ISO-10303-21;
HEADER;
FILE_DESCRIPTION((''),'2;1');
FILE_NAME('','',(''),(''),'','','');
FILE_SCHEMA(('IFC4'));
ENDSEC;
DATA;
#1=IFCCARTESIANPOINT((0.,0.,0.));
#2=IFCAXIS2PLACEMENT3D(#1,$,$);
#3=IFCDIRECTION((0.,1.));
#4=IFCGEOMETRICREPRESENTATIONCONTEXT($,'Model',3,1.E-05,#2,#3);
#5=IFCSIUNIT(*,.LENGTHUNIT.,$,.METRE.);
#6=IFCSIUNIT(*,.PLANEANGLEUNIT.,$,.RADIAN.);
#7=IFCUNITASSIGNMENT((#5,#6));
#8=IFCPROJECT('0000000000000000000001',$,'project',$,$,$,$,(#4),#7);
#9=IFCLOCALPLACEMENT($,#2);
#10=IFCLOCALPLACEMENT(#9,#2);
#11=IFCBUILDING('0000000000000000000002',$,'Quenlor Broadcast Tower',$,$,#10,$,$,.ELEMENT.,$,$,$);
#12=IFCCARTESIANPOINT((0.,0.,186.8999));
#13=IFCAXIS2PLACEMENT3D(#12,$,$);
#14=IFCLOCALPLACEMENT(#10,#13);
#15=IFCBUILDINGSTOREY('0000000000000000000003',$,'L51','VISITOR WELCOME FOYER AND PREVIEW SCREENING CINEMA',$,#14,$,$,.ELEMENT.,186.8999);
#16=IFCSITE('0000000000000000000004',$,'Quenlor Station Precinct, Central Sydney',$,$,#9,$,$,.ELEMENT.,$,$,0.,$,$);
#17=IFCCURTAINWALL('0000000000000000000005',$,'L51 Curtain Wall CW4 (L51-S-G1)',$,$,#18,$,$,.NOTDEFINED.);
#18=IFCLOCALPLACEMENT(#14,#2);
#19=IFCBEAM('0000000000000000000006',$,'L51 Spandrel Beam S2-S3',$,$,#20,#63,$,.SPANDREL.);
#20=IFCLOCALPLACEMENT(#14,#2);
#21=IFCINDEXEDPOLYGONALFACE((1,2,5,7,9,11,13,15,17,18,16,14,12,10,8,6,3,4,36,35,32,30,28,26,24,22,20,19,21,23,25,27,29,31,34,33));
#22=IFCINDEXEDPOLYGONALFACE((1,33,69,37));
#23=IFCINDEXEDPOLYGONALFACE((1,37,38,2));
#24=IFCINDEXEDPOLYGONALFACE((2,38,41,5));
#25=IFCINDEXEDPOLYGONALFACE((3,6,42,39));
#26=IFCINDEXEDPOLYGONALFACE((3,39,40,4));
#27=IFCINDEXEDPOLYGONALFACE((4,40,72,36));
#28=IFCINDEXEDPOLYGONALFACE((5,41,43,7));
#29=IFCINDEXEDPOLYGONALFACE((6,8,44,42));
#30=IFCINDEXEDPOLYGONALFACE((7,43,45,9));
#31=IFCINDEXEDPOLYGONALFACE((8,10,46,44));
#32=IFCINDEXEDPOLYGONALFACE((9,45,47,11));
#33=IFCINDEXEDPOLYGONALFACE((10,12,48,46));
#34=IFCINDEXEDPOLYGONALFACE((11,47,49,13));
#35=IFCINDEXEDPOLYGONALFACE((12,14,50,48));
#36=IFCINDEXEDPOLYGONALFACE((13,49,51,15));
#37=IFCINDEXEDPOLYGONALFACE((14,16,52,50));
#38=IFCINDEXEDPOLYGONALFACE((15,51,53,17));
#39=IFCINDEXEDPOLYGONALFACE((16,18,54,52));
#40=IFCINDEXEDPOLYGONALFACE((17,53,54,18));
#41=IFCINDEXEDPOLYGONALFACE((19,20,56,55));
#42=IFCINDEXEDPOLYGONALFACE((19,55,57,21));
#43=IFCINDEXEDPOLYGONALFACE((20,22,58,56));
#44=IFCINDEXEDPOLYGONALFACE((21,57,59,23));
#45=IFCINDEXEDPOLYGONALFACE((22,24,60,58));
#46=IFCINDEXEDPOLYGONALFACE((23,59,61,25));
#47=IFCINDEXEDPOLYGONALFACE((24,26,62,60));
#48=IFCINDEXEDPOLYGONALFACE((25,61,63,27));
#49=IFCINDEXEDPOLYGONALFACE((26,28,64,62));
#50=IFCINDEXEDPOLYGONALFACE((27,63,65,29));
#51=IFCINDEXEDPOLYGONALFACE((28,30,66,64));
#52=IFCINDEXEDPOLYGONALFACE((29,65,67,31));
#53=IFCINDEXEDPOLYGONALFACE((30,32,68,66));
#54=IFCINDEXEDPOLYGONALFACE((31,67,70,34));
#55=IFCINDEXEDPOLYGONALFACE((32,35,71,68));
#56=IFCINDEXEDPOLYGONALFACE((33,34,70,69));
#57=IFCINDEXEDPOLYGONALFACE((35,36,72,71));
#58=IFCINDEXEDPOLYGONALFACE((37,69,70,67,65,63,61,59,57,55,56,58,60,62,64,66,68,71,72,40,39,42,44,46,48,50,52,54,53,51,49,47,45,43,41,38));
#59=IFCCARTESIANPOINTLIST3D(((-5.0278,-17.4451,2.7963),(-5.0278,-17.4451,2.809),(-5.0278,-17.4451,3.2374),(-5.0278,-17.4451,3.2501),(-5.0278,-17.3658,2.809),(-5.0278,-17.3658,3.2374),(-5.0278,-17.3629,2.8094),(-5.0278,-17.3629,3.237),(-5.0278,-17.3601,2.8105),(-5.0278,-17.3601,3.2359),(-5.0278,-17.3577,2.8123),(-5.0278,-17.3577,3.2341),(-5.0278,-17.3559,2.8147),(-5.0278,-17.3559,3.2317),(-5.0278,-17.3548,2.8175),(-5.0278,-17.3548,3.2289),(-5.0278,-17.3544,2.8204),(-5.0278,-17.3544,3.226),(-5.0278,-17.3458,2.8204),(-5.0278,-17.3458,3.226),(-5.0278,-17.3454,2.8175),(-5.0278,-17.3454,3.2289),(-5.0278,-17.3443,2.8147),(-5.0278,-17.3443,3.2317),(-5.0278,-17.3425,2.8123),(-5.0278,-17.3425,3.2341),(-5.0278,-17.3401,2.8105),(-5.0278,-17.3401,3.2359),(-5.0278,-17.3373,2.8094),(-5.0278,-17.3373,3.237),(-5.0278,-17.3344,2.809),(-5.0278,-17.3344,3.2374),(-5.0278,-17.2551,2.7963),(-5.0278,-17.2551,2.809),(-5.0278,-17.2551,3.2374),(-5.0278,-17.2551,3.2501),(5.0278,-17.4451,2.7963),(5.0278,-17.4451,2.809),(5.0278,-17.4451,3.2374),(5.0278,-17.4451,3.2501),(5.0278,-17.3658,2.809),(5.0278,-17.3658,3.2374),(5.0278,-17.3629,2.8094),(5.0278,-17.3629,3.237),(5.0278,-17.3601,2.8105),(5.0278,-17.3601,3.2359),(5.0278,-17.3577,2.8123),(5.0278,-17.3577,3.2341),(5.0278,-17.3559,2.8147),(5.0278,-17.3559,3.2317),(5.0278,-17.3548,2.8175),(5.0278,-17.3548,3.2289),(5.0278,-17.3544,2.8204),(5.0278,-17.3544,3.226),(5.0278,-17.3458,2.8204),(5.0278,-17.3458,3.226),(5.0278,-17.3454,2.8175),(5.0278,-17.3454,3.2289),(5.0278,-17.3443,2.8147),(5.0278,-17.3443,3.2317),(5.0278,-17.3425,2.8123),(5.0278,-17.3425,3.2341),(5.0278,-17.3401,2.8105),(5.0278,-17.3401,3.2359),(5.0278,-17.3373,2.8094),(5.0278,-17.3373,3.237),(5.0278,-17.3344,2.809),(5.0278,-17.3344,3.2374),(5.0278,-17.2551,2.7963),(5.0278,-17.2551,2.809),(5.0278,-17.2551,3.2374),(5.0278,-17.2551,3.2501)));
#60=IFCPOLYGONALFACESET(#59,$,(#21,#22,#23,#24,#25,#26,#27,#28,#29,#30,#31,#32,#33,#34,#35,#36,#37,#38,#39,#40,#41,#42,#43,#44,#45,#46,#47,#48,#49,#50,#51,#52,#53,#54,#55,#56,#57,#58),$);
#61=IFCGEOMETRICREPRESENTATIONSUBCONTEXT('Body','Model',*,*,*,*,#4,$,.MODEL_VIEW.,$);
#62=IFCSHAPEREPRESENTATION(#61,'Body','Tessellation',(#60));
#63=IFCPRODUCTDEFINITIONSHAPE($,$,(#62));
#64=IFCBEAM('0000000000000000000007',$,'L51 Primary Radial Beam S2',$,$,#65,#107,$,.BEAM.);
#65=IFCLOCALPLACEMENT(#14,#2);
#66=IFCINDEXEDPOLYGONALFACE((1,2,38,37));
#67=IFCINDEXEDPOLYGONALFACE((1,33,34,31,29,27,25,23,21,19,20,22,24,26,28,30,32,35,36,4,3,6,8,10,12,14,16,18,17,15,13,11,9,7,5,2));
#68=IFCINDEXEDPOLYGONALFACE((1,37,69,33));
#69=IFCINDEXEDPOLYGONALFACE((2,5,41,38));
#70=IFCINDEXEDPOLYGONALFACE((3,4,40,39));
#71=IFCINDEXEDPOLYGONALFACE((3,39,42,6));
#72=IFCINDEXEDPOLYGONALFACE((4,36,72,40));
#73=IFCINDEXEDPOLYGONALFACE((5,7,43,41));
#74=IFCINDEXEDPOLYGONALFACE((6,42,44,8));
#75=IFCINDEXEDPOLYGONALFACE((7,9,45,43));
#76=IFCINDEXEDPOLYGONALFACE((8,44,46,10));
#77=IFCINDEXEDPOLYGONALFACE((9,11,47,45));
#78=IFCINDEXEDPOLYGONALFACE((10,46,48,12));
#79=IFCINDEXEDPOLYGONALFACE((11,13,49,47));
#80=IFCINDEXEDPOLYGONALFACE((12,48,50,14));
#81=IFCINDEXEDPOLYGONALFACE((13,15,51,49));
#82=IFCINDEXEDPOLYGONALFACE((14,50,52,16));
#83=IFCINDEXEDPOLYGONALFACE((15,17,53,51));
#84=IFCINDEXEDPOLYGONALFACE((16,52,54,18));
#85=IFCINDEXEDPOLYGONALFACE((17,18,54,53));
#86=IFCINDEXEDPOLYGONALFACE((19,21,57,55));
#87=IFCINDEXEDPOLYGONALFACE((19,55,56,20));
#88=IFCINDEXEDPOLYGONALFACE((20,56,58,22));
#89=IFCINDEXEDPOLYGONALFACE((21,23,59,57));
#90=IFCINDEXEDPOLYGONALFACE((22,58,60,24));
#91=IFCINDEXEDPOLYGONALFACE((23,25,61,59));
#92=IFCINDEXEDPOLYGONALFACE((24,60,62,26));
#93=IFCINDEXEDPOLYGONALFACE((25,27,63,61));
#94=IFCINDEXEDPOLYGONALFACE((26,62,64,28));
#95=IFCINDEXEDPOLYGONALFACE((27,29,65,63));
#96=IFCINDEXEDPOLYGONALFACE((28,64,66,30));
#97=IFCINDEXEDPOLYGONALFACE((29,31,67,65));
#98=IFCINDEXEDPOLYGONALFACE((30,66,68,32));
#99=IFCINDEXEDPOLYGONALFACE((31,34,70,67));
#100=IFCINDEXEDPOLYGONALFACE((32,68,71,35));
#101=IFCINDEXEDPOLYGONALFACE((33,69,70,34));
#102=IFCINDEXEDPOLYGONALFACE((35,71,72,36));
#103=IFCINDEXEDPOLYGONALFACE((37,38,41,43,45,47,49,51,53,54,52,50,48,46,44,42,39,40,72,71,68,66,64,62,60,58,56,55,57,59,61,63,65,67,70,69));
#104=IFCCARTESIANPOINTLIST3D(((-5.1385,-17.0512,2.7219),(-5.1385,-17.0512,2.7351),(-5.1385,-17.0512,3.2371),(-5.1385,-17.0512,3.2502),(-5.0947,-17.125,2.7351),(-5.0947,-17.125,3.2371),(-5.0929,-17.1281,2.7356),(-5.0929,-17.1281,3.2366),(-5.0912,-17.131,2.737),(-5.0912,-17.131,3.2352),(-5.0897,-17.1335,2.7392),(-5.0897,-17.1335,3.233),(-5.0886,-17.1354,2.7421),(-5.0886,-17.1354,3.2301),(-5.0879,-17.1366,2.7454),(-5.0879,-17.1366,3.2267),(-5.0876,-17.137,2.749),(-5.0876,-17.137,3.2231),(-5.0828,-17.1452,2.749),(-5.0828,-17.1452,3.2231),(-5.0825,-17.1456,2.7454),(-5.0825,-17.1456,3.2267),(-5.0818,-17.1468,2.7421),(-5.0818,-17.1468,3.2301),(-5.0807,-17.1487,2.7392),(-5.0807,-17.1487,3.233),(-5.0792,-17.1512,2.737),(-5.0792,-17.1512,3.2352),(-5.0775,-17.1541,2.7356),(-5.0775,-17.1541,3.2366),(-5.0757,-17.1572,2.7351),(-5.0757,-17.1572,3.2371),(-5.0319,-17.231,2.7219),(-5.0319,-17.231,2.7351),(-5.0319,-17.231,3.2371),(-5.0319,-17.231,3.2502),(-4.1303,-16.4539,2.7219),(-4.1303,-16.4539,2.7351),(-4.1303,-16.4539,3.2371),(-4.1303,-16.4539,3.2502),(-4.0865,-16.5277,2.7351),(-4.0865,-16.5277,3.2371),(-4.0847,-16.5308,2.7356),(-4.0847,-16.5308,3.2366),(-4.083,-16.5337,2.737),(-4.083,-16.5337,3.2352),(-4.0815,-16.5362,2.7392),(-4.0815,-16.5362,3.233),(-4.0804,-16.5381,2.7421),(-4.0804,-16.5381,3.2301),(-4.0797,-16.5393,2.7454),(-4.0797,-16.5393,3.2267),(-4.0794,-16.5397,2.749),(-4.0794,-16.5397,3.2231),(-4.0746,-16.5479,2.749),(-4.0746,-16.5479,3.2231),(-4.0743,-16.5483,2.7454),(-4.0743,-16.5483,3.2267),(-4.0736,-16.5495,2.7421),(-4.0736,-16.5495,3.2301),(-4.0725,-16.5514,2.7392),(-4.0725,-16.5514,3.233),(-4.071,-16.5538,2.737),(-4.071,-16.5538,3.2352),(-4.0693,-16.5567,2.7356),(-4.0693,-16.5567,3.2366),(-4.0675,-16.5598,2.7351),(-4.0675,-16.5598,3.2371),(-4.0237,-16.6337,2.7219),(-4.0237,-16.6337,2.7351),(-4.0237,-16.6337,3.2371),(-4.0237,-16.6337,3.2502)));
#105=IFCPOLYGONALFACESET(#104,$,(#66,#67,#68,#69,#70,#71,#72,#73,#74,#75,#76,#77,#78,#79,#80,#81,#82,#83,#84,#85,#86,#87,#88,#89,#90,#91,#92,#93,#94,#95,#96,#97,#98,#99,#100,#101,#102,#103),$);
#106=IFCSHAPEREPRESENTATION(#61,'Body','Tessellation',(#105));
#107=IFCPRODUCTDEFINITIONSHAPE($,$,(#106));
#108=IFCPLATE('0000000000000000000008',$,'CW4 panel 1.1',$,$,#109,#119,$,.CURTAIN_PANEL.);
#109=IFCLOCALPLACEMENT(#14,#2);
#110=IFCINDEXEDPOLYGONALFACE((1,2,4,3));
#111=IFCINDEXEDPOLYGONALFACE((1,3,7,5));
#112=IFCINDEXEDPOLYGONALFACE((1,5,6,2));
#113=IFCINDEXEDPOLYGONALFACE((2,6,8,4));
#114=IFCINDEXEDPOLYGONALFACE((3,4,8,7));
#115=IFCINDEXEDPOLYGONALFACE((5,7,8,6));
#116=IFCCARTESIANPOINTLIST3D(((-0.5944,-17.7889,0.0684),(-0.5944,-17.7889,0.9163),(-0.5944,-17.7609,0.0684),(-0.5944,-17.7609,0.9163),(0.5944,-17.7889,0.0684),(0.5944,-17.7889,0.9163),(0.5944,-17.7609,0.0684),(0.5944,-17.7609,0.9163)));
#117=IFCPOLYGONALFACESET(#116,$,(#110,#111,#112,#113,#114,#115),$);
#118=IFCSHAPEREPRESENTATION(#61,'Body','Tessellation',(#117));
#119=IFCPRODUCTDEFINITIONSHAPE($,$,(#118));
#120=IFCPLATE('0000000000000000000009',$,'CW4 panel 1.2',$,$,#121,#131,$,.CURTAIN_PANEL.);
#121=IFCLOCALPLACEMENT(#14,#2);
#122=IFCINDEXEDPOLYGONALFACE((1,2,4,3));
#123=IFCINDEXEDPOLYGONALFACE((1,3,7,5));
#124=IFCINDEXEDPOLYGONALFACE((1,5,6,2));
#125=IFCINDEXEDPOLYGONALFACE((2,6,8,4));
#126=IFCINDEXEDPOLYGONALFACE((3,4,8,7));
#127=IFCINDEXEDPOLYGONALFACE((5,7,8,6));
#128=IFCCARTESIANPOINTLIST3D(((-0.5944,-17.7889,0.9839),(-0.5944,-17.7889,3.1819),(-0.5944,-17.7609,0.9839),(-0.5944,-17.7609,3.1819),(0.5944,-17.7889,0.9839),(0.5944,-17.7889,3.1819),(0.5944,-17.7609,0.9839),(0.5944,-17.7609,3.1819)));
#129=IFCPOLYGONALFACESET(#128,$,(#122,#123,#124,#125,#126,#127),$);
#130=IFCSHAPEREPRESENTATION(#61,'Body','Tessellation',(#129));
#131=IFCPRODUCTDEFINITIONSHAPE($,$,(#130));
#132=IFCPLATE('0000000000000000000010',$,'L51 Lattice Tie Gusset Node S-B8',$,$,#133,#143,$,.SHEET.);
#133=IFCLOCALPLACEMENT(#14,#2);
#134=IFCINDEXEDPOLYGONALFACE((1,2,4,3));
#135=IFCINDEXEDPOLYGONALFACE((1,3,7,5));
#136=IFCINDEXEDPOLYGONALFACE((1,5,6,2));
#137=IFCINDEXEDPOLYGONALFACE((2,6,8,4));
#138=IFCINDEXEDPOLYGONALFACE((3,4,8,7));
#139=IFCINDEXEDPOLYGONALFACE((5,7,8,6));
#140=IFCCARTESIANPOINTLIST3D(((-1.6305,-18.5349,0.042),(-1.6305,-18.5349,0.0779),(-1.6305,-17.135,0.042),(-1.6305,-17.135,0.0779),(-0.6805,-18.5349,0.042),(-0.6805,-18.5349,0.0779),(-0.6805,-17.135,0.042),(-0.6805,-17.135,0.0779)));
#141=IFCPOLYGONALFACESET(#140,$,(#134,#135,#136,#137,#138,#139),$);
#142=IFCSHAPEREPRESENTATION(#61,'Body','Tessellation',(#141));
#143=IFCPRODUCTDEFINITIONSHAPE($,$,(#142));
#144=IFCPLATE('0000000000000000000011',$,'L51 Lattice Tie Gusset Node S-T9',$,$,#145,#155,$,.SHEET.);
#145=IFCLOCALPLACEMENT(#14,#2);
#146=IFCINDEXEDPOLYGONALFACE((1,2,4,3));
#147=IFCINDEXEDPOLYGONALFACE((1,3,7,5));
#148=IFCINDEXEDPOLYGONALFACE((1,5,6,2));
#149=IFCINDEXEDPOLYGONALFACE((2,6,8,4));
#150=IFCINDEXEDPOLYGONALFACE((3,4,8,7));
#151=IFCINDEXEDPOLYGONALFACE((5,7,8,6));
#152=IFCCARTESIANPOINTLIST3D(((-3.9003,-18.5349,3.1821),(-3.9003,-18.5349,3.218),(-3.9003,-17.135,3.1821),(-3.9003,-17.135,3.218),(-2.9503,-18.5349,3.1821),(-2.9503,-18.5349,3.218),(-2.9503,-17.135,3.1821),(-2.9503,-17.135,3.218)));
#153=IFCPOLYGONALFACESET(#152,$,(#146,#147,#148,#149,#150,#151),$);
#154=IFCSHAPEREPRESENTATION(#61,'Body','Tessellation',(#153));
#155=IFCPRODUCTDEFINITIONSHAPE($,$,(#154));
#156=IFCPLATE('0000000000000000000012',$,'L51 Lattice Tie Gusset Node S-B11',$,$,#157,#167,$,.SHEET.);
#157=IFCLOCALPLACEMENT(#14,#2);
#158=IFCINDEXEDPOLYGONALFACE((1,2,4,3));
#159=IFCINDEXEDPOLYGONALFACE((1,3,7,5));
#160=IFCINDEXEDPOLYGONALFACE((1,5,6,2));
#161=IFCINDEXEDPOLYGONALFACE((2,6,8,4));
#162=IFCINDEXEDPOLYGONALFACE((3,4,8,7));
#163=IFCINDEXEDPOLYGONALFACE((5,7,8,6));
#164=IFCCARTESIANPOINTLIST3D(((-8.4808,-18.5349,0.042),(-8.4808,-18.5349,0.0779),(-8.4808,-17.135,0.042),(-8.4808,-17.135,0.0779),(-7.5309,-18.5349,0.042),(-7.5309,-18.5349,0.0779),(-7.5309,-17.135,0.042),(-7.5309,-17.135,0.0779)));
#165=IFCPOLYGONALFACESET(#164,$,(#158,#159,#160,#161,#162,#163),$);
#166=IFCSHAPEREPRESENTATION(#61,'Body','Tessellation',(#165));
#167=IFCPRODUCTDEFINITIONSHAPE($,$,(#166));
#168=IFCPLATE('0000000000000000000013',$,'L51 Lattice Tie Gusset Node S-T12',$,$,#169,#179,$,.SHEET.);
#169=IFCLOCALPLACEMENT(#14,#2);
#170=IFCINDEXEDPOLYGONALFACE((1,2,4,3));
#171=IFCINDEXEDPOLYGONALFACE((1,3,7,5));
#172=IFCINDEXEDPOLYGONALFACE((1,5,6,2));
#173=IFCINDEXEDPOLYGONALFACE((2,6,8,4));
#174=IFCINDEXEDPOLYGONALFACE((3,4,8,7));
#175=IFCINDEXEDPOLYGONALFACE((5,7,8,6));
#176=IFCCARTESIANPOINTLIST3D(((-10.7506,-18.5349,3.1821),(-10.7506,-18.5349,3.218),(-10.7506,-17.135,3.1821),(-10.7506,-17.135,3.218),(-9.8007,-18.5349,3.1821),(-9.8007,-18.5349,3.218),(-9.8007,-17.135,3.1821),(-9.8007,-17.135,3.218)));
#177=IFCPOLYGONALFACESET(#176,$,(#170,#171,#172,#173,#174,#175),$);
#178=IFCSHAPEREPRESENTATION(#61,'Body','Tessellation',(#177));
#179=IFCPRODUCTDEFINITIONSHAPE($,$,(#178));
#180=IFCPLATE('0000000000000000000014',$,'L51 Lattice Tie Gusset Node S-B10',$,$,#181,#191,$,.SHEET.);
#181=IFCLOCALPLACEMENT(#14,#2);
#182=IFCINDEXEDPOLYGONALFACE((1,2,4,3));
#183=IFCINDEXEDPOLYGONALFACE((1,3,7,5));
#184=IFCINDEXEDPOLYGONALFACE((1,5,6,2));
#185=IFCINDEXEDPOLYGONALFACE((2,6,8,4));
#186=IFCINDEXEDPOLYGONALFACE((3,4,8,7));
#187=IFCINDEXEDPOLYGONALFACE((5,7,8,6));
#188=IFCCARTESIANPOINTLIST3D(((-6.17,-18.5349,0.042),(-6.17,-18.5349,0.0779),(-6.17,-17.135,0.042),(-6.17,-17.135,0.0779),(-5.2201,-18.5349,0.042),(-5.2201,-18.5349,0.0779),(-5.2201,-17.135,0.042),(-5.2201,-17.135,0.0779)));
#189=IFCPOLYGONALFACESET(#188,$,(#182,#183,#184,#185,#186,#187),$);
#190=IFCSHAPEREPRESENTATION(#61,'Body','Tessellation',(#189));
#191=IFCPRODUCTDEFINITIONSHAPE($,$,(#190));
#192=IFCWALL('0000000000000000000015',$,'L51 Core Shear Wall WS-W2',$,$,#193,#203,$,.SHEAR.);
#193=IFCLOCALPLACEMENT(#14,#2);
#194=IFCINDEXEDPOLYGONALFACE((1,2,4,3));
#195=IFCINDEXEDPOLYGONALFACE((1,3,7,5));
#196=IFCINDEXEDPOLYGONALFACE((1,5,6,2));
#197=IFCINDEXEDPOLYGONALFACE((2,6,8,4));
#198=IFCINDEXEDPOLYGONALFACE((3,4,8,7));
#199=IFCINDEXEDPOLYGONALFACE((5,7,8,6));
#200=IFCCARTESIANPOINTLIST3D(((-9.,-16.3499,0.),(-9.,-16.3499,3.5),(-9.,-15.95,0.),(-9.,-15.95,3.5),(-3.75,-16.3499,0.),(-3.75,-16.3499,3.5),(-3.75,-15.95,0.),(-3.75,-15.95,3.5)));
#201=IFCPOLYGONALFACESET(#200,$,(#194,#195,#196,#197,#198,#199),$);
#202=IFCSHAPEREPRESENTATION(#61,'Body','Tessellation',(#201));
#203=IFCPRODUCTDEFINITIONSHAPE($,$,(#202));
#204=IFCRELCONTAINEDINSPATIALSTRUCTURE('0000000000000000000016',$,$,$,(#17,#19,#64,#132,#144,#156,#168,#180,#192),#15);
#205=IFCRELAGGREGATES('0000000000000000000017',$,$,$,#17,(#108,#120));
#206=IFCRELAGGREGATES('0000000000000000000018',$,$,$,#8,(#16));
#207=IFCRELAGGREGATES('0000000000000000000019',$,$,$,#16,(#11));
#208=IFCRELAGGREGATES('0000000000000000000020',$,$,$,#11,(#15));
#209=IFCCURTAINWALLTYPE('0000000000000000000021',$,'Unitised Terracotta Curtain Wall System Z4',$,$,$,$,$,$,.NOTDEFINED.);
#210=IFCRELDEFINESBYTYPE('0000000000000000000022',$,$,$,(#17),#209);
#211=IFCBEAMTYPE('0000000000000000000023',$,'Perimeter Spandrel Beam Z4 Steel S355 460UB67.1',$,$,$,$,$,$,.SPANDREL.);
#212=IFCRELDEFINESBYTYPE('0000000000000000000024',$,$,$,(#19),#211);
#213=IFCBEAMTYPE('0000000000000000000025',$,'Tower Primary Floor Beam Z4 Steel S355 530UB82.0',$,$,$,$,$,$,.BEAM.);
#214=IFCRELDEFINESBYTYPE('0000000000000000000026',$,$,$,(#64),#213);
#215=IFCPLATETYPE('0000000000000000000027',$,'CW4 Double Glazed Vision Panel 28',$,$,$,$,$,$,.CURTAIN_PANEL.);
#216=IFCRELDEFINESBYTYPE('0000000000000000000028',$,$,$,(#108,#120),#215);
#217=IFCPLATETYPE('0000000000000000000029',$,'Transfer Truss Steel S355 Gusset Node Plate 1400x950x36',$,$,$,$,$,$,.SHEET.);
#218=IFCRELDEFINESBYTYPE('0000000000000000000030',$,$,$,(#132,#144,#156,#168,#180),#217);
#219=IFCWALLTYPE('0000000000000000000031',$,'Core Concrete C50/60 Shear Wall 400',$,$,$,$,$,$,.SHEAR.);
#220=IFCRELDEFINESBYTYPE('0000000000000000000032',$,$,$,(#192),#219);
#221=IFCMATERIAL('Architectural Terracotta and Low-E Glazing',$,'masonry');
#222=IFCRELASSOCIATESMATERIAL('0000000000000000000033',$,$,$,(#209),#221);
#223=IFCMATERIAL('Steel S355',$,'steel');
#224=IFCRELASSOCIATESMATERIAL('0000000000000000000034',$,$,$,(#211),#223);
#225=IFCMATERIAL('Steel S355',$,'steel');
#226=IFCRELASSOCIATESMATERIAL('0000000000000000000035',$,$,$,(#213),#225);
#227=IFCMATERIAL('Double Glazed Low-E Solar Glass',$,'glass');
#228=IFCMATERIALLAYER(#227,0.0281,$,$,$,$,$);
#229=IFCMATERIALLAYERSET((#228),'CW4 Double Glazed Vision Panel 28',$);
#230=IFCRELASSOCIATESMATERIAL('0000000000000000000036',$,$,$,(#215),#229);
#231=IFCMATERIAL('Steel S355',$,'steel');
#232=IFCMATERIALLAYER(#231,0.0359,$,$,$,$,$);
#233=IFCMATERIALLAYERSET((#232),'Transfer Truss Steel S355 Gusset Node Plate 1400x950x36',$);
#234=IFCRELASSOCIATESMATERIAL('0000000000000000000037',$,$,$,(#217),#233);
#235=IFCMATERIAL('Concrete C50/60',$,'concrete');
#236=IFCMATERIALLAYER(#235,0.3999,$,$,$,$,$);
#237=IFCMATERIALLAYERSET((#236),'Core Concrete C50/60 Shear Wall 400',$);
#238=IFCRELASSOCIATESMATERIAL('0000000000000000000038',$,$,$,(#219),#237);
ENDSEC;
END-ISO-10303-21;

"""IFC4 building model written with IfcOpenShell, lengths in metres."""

from ifc_helpers import new_model, si_unit, direction, frame, frame_2d, origin, origin_2d, place, context, subcontext, project, spatial, rectangle, i_section, extrude, material, layer, layer_set, material_profile, profile_set, type_object, element, aggregate, save


model = new_model("IFC4")

# Units and contexts
model_context = context("Model", 3, precision=1e-05, world=origin(), true_north=direction((0.0, 1.0)))
body_context = subcontext(model_context, "Body", "Model", "MODEL_VIEW")
ifc_project = project(units=[si_unit("LENGTHUNIT", "METRE"), si_unit("PLANEANGLEUNIT", "RADIAN")], contexts=[model_context])

# Site, building, storey
site_placement = place(None, origin())
site = spatial("IfcSite", under=ifc_project, at=site_placement, Name="Quenlor Station Precinct, Central Sydney", CompositionType="ELEMENT", RefElevation=0.0)
building_placement = place(site_placement, origin())
building = spatial("IfcBuilding", under=site, at=building_placement, Name="Quenlor Broadcast Tower", CompositionType="ELEMENT")
storey_placement = place(building_placement, frame((0.0, 0.0, 186.8999)))
storey = spatial("IfcBuildingStorey", under=building, at=storey_placement, Name="L51", Description="VISITOR WELCOME FOYER AND PREVIEW SCREENING CINEMA", CompositionType="ELEMENT", Elevation=186.8999)

# Curtain wall
ifc_material_1 = material(Name="Architectural Terracotta and Low-E Glazing", Category="masonry")
curtain_wall_type = type_object("IfcCurtainWallType", Name="Unitised Terracotta Curtain Wall System Z4", PredefinedType="NOTDEFINED", material=ifc_material_1)
curtain_wall_placement = place(storey_placement, origin())
curtain_wall = element("IfcCurtainWall", 1, at=curtain_wall_placement, inside=storey, type_object=curtain_wall_type, Name="L51 Curtain Wall CW4 (L51-S-G1)", PredefinedType="NOTDEFINED")

# Beams
ifc_material_2 = material(Name="Steel S355", Category="steel")
ifc_material_profile_1 = material_profile(ifc_material_2, i_section(OverallWidth=0.1899, OverallDepth=0.4539, WebThickness=0.0085, FlangeThickness=0.0127, FilletRadius=0.0115, at=origin_2d()))
ifc_profile_set_1 = profile_set([ifc_material_profile_1], Name="Steel S355 460UB67.1")
beam_type_1 = type_object("IfcBeamType", Name="Perimeter Spandrel Beam Z4 Steel S355 460UB67.1", PredefinedType="SPANDREL", material=ifc_profile_set_1)
beam_1_placement = place(storey_placement, frame((-5.0278, -17.3501, 3.0232), z_axis=(1.0, 0.0, 0.0), x_axis=(0.0, 1.0, 0.0)))
element("IfcBeam", 2, at=beam_1_placement, inside=storey, type_object=beam_type_1, Name="L51 Spandrel Beam S2-S3", PredefinedType="SPANDREL", context=body_context, shape_type="SweptSolid", body=[
    extrude(i_section(OverallWidth=0.1899, OverallDepth=0.4539, WebThickness=0.0085, FlangeThickness=0.0127, FilletRadius=0.0115, at=origin_2d()), origin(), (0.0, 0.0, 1.0), 10.0557),
])
ifc_material_3 = material(Name="Steel S355", Category="steel")
ifc_material_profile_2 = material_profile(ifc_material_3, i_section(OverallWidth=0.209, OverallDepth=0.5283, WebThickness=0.0095, FlangeThickness=0.0132, FilletRadius=0.0139, at=origin_2d()))
ifc_profile_set_2 = profile_set([ifc_material_profile_2], Name="Steel S355 530UB82.0")
beam_type_2 = type_object("IfcBeamType", Name="Tower Primary Floor Beam Z4 Steel S355 530UB82.0", PredefinedType="BEAM", material=ifc_profile_set_2)
beam_2_placement = place(storey_placement, frame((-5.0852, -17.1411, 2.9861), z_axis=(0.860329, 0.50974, 0.0), x_axis=(-0.50974, 0.860329, 0.0)))
element("IfcBeam", 3, at=beam_2_placement, inside=storey, type_object=beam_type_2, Name="L51 Primary Radial Beam S2", PredefinedType="BEAM", context=body_context, shape_type="SweptSolid", body=[
    extrude(i_section(OverallWidth=0.209, OverallDepth=0.5283, WebThickness=0.0095, FlangeThickness=0.0132, FilletRadius=0.0139, at=origin_2d()), origin(), (0.0, 0.0, 1.0), 1.1719),
])

# Plates
ifc_material_4 = material(Name="Double Glazed Low-E Solar Glass", Category="glass")
ifc_layer_1 = layer(ifc_material_4, 0.0281)
ifc_layer_set_1 = layer_set([ifc_layer_1], Name="CW4 Double Glazed Vision Panel 28")
plate_type_1 = type_object("IfcPlateType", Name="CW4 Double Glazed Vision Panel 28", PredefinedType="CURTAIN_PANEL", material=ifc_layer_set_1)
plate_1_placement = place(storey_placement, frame((0.0, -17.7749, 0.0684), z_axis=(0.0, 0.0, 1.0), x_axis=(-1.0, 0.0, 0.0)))
plate_1 = element("IfcPlate", 4, at=plate_1_placement, type_object=plate_type_1, Name="CW4 panel 1.1", PredefinedType="CURTAIN_PANEL", context=body_context, shape_type="SweptSolid", body=[
    extrude(rectangle(XDim=1.1887, YDim=0.0281, at=origin_2d()), origin(), (0.0, 0.0, 1.0), 0.8479),
])
plate_2_placement = place(storey_placement, frame((0.0, -17.7749, 0.9839), z_axis=(0.0, 0.0, 1.0), x_axis=(-1.0, 0.0, 0.0)))
plate_2 = element("IfcPlate", 5, at=plate_2_placement, type_object=plate_type_1, Name="CW4 panel 1.2", PredefinedType="CURTAIN_PANEL", context=body_context, shape_type="SweptSolid", body=[
    extrude(rectangle(XDim=1.1887, YDim=0.0281, at=origin_2d()), origin(), (0.0, 0.0, 1.0), 2.198),
])
aggregate(curtain_wall, [plate_1, plate_2])

# Plates
ifc_material_5 = material(Name="Steel S355", Category="steel")
ifc_layer_2 = layer(ifc_material_5, 0.0359)
ifc_layer_set_2 = layer_set([ifc_layer_2], Name="Transfer Truss Steel S355 Gusset Node Plate 1400x950x36")
plate_type_2 = type_object("IfcPlateType", Name="Transfer Truss Steel S355 Gusset Node Plate 1400x950x36", PredefinedType="SHEET", material=ifc_layer_set_2)
for number, where, z_axis, x_axis, name in (
    (6, (-1.1555, -17.835, 0.042), (0.0, 0.0, 1.0), (0.0, -1.0, 0.0), "L51 Lattice Tie Gusset Node S-B8"),
    (7, (-3.4253, -17.835, 3.1821), (0.0, 0.0, 1.0), (0.0, -1.0, 0.0), "L51 Lattice Tie Gusset Node S-T9"),
    (8, (-8.0059, -17.835, 0.042), (0.0, 0.0, 1.0), (0.0, -1.0, 0.0), "L51 Lattice Tie Gusset Node S-B11"),
    (9, (-10.2756, -17.835, 3.1821), (0.0, 0.0, 1.0), (0.0, -1.0, 0.0), "L51 Lattice Tie Gusset Node S-T12"),
    (10, (-5.6951, -17.835, 0.042), (0.0, 0.0, 1.0), (0.0, -1.0, 0.0), "L51 Lattice Tie Gusset Node S-B10"),
):
    element("IfcPlate", number, at=place(storey_placement, frame(where, z_axis=z_axis, x_axis=x_axis)), inside=storey, type_object=plate_type_2, Name=name, PredefinedType="SHEET", context=body_context, shape_type="SweptSolid", body=[
        extrude(rectangle(XDim=1.3999, YDim=0.95, at=origin_2d()), origin(), (0.0, 0.0, 1.0), 0.0359),
    ])

# Wall
ifc_material_6 = material(Name="Concrete C50/60", Category="concrete")
ifc_layer_3 = layer(ifc_material_6, 0.3999)
ifc_layer_set_3 = layer_set([ifc_layer_3], Name="Core Concrete C50/60 Shear Wall 400")
wall_type_1 = type_object("IfcWallType", Name="Core Concrete C50/60 Shear Wall 400", PredefinedType="SHEAR", material=ifc_layer_set_3)
wall_1_placement = place(storey_placement, frame((-9.0, -16.1499, 0.0), z_axis=(0.0, 0.0, 1.0), x_axis=(1.0, 0.0, 0.0)))
element("IfcWall", 11, at=wall_1_placement, inside=storey, type_object=wall_type_1, Name="L51 Core Shear Wall WS-W2", PredefinedType="SHEAR", context=body_context, shape_type="SweptSolid", body=[
    extrude(rectangle(XDim=5.25, YDim=0.3999, at=frame_2d((2.625, 0.0))), origin(), (0.0, 0.0, 1.0), 3.5),
])

save(model, "model.ifc")
